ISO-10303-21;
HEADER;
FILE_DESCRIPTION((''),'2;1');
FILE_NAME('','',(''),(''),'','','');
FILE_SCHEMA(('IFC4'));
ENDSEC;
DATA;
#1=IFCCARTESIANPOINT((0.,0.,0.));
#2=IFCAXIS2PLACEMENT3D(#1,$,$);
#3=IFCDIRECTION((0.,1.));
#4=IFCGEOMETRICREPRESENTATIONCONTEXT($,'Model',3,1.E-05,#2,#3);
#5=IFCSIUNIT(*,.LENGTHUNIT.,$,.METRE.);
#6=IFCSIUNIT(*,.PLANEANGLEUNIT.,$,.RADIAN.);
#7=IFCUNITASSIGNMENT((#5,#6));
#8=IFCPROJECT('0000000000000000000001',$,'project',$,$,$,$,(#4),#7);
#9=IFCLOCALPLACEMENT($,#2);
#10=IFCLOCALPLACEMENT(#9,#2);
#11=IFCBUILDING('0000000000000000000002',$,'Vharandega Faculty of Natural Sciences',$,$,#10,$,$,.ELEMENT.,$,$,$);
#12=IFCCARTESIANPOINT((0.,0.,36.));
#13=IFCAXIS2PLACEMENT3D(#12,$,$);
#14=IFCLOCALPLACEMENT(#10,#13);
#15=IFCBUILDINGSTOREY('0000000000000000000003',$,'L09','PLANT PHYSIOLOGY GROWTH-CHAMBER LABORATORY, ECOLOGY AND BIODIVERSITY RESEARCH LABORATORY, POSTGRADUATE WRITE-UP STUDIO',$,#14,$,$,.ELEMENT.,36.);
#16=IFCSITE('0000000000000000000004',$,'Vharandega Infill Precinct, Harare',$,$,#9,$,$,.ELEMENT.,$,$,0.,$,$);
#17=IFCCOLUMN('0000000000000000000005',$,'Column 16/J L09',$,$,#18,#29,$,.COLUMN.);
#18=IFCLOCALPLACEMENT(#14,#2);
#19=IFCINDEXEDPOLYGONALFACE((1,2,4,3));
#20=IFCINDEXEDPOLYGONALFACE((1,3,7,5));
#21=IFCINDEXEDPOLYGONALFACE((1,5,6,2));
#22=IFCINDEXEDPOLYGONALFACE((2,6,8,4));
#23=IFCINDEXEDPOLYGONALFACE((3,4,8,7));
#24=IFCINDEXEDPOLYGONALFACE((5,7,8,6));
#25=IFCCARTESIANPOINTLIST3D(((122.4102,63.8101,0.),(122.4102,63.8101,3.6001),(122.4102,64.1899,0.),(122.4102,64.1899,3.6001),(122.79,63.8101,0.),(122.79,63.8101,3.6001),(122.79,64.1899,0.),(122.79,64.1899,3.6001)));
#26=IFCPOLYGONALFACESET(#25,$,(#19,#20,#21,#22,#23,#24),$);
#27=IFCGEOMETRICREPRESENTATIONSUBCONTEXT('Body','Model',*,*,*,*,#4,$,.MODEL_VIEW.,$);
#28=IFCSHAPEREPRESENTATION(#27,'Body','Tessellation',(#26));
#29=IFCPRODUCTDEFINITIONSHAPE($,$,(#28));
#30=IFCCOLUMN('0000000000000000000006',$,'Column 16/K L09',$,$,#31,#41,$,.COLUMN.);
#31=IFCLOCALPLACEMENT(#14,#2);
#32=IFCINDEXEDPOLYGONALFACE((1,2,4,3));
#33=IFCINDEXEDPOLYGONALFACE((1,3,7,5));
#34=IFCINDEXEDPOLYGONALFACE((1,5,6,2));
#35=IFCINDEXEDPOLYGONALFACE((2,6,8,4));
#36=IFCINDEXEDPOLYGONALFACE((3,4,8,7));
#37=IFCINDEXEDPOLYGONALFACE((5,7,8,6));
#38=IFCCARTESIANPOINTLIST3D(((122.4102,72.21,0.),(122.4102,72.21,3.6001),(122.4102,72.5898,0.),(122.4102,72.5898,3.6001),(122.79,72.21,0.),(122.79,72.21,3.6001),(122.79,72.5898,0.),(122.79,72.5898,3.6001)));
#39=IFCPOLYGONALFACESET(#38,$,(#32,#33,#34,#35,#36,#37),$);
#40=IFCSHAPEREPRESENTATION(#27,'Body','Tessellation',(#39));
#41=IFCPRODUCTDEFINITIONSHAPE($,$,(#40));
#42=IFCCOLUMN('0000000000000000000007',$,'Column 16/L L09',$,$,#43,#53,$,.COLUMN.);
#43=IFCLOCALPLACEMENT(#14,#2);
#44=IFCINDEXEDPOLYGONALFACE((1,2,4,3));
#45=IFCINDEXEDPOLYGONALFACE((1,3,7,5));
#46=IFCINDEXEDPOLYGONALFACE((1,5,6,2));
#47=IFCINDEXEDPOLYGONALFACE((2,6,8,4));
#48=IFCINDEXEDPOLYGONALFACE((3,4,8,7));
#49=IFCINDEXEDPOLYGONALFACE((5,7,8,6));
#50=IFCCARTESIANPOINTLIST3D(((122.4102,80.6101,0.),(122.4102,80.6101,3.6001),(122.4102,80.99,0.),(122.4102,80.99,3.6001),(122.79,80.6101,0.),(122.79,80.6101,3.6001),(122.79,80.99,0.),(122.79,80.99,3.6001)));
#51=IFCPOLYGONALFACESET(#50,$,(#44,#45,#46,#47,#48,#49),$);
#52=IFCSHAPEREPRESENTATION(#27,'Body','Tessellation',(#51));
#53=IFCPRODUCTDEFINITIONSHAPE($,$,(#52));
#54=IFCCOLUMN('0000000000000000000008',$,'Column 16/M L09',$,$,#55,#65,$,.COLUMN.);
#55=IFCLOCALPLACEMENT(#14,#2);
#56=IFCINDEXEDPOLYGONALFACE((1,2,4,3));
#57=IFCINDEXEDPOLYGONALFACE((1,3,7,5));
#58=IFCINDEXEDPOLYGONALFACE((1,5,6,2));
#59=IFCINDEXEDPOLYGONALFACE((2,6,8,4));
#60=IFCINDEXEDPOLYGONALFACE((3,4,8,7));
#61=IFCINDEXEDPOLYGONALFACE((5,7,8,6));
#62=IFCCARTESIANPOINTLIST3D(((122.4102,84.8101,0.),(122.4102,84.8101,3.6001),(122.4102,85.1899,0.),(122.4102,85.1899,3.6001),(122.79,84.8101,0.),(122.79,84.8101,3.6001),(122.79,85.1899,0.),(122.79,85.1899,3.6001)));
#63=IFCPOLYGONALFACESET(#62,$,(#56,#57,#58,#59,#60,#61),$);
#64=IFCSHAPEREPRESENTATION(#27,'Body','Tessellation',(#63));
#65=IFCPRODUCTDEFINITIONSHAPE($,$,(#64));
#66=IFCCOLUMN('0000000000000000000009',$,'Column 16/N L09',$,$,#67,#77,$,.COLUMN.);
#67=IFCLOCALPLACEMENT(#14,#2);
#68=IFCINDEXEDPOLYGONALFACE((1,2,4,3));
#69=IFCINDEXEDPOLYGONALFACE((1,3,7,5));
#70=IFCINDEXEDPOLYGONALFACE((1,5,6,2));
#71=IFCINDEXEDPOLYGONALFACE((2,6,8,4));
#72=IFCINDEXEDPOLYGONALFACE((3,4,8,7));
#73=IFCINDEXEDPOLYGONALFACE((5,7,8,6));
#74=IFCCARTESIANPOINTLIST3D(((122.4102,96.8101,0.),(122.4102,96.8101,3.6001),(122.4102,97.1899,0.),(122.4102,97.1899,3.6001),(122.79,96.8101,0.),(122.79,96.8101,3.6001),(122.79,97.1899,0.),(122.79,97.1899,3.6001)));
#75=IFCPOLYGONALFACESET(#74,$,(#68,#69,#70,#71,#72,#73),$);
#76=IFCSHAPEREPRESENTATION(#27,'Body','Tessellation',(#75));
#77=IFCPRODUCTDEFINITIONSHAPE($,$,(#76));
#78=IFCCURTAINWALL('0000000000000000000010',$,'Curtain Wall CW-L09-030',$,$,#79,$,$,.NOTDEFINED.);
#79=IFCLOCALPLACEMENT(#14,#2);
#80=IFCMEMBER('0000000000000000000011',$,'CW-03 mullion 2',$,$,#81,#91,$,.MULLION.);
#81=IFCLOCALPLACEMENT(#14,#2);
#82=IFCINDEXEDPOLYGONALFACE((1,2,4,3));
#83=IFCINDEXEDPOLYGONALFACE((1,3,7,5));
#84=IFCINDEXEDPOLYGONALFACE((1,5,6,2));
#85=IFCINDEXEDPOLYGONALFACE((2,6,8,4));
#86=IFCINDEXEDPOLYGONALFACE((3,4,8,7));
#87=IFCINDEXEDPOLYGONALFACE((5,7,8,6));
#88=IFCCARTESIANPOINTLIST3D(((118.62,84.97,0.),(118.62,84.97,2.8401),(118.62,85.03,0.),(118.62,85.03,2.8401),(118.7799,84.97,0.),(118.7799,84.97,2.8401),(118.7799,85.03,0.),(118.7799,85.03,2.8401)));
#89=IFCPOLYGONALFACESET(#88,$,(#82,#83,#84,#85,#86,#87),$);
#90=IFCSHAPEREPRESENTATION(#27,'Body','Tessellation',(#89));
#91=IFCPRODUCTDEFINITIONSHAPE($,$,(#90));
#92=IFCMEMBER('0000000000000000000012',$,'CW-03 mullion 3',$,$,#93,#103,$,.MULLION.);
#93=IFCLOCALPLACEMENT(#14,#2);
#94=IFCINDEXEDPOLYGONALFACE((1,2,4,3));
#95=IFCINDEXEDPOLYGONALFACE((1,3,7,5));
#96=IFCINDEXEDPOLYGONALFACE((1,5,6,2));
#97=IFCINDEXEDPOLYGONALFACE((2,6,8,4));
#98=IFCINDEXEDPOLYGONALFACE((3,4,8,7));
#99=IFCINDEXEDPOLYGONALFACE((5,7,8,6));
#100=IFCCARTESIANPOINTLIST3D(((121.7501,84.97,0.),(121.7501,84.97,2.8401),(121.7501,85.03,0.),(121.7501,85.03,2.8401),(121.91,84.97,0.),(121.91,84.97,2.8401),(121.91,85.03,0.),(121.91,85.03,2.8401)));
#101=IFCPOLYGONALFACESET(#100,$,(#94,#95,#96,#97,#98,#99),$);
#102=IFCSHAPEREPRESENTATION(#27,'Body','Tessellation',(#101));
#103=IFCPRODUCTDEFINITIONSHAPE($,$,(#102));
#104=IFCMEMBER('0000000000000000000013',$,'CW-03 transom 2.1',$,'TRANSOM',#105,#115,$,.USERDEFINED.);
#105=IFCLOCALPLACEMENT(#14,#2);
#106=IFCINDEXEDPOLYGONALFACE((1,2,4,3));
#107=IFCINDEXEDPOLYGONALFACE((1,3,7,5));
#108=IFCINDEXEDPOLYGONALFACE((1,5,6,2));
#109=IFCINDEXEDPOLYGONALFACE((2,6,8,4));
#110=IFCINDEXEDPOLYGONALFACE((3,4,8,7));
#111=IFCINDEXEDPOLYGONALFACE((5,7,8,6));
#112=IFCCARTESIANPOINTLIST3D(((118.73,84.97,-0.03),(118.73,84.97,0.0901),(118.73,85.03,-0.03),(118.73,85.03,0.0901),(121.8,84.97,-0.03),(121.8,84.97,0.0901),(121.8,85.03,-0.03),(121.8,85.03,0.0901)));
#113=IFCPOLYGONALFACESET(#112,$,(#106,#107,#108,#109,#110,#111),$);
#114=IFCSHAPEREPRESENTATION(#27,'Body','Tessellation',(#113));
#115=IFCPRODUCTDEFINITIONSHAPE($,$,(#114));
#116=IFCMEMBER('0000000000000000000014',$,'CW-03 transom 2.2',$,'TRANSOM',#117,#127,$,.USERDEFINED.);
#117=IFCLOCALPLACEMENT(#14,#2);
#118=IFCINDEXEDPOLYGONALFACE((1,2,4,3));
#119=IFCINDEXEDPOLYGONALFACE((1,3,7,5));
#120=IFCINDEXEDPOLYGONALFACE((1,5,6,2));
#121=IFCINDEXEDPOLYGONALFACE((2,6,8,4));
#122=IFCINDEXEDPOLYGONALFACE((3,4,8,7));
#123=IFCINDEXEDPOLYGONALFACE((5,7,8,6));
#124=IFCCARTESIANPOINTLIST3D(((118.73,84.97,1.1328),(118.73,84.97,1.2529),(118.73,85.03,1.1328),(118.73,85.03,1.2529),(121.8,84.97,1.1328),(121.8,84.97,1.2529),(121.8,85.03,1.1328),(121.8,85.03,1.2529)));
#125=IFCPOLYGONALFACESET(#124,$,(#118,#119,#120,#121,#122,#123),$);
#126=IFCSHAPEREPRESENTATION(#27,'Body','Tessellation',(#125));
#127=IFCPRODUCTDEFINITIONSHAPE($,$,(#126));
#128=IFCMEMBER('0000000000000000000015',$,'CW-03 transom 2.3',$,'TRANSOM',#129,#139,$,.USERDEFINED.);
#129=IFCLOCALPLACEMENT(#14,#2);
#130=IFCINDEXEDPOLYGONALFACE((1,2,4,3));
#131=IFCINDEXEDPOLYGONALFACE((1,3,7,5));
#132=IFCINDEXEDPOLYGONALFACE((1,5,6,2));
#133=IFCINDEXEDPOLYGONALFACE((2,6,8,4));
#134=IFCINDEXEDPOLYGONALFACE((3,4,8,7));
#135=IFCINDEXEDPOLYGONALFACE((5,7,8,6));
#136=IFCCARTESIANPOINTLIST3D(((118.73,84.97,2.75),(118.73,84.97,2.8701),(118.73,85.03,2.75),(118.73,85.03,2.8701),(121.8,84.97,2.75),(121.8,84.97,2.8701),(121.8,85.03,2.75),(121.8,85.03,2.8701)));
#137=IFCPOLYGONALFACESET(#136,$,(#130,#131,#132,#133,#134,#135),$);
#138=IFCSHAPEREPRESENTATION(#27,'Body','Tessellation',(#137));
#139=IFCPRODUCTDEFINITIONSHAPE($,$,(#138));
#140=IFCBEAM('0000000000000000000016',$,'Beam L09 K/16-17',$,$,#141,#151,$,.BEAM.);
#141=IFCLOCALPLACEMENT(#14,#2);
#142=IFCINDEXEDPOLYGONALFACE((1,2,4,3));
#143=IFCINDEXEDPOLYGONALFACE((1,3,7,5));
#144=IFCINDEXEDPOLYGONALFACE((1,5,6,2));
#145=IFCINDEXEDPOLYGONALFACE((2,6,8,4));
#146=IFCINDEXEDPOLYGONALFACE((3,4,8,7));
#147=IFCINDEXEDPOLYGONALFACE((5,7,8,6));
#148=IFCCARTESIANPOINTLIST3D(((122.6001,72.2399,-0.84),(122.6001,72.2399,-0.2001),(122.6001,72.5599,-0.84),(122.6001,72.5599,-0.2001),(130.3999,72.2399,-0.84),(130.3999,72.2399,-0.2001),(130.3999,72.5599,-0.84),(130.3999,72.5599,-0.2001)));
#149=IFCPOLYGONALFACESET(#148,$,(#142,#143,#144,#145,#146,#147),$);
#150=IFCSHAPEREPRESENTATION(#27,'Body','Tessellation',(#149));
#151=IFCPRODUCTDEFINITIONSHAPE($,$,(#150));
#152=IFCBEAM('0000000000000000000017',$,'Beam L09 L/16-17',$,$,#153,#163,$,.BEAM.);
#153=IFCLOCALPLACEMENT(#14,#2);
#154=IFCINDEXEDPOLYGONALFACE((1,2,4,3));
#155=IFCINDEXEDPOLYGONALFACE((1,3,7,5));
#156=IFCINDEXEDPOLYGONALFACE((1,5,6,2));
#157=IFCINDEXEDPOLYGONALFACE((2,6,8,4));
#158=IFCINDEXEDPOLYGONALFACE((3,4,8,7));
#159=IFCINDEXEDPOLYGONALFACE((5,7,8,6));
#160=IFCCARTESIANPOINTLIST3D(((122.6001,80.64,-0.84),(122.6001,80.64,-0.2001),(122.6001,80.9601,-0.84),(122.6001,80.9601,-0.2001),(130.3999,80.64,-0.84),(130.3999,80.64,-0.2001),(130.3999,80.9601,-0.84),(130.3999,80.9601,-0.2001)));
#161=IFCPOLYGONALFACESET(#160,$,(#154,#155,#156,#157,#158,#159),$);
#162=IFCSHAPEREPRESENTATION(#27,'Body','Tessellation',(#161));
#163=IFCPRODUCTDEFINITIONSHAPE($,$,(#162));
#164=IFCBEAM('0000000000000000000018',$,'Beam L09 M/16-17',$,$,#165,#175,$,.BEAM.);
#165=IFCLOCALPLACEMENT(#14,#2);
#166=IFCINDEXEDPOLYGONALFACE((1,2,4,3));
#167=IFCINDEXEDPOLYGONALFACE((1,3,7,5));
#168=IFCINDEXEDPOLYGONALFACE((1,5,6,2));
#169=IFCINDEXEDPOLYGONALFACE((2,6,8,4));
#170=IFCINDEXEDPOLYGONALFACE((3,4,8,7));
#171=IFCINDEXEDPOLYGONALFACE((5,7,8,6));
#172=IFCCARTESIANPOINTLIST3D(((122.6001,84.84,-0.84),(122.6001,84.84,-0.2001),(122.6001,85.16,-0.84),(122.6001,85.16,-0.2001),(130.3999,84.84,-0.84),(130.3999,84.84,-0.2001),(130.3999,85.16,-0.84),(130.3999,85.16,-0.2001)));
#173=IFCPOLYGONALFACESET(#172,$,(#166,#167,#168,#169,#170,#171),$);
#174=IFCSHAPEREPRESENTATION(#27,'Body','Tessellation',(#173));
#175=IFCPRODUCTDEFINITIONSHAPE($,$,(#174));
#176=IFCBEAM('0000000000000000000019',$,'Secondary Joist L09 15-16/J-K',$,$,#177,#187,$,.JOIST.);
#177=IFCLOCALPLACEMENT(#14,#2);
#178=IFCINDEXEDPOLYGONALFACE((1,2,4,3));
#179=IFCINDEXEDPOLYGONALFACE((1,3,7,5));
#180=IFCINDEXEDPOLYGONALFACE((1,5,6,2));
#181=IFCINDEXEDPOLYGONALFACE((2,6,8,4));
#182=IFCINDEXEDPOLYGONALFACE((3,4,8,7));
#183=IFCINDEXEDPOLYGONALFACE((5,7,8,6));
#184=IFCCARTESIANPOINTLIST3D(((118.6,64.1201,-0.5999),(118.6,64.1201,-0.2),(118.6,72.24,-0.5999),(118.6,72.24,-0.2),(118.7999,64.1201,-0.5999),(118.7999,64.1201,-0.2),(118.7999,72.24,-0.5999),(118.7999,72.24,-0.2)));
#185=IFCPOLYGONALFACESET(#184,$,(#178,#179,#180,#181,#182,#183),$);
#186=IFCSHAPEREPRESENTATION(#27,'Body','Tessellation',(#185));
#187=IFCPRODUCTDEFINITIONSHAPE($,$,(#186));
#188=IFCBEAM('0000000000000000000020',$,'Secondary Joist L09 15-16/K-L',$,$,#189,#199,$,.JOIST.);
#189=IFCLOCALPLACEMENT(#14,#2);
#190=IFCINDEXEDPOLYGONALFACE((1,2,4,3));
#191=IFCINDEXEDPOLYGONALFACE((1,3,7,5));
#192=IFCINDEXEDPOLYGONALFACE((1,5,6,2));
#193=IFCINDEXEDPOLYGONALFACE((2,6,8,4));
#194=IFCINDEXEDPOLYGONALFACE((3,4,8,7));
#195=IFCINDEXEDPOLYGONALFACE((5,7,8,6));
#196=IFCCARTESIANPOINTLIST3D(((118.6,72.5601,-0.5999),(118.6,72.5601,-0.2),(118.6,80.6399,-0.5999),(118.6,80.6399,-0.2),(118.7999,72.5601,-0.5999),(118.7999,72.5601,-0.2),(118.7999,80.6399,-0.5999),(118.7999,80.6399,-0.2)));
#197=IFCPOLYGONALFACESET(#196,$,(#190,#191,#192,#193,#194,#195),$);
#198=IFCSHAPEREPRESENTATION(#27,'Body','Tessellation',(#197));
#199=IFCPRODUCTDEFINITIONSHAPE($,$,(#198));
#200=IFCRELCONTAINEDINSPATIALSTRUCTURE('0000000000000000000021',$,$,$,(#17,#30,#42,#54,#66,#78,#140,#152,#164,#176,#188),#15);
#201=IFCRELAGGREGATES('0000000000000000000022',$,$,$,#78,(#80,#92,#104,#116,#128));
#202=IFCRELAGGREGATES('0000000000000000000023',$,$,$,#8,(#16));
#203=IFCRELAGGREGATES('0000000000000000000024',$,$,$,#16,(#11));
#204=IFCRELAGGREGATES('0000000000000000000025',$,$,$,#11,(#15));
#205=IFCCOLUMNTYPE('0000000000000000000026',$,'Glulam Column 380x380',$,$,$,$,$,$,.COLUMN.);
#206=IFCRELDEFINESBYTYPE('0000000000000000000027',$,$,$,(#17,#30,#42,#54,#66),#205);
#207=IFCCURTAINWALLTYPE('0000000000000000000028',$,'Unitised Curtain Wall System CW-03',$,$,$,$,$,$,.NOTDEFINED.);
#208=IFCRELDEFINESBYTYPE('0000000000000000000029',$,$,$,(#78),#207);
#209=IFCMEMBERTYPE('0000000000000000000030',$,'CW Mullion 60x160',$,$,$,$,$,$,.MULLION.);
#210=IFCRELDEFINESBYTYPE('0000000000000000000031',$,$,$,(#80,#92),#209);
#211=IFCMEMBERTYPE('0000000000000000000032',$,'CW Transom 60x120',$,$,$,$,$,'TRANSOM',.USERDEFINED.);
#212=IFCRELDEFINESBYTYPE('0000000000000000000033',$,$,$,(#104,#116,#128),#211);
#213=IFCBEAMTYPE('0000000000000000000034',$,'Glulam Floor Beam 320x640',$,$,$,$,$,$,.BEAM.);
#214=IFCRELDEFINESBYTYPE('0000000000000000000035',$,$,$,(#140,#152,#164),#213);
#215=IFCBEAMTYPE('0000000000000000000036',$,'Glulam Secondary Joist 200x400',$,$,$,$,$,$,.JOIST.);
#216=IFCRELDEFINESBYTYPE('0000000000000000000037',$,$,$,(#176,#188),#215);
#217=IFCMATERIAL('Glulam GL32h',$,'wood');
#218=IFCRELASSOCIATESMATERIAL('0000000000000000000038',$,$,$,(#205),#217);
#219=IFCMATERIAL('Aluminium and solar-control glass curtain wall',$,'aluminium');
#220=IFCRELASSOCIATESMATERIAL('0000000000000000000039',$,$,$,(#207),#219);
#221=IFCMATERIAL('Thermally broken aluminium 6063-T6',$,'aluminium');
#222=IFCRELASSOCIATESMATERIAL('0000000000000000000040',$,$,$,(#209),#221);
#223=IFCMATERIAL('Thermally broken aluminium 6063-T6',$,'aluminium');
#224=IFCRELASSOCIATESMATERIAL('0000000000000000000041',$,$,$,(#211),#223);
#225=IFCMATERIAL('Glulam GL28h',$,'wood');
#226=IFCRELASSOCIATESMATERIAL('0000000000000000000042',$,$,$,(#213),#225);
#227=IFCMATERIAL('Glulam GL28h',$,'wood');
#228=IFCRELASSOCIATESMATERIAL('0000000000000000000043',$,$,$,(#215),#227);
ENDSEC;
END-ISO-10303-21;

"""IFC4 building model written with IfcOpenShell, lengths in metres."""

from ifc_helpers import new_model, si_unit, direction, frame, origin, origin_2d, place, context, subcontext, project, spatial, rectangle, extrude, material, material_profile, profile_set, type_object, element, aggregate, save


model = new_model("IFC4")

# Units and contexts
model_context = context("Model", 3, precision=1e-05, world=origin(), true_north=direction((0.0, 1.0)))
body_context = subcontext(model_context, "Body", "Model", "MODEL_VIEW")
ifc_project = project(units=[si_unit("LENGTHUNIT", "METRE"), si_unit("PLANEANGLEUNIT", "RADIAN")], contexts=[model_context])

# Site, building, storey
site_placement = place(None, origin())
site = spatial("IfcSite", under=ifc_project, at=site_placement, Name="Vharandega Infill Precinct, Harare", CompositionType="ELEMENT", RefElevation=0.0)
building_placement = place(site_placement, origin())
building = spatial("IfcBuilding", under=site, at=building_placement, Name="Vharandega Faculty of Natural Sciences", CompositionType="ELEMENT")
storey_placement = place(building_placement, frame((0.0, 0.0, 36.0)))
storey = spatial("IfcBuildingStorey", under=building, at=storey_placement, Name="L09", Description="PLANT PHYSIOLOGY GROWTH-CHAMBER LABORATORY, ECOLOGY AND BIODIVERSITY RESEARCH LABORATORY, POSTGRADUATE WRITE-UP STUDIO", CompositionType="ELEMENT", Elevation=36.0)

# Columns
ifc_material_1 = material(Name="Glulam GL32h", Category="wood")
ifc_material_profile_1 = material_profile(ifc_material_1, rectangle(XDim=0.3799, YDim=0.3799, at=origin_2d()), Name="GL32h 380x380")
ifc_profile_set_1 = profile_set([ifc_material_profile_1], Name="Glulam GL32h")
column_type = type_object("IfcColumnType", Name="Glulam Column 380x380", PredefinedType="COLUMN", material=ifc_profile_set_1)
for number, where, z_axis, x_axis, name in (
    (1, (122.6001, 64.0, 0.0), (0.0, 0.0, 1.0), (1.0, 0.0, 0.0), "Column 16/J L09"),
    (2, (122.6001, 72.3999, 0.0), (0.0, 0.0, 1.0), (1.0, 0.0, 0.0), "Column 16/K L09"),
    (3, (122.6001, 80.8, 0.0), (0.0, 0.0, 1.0), (1.0, 0.0, 0.0), "Column 16/L L09"),
    (4, (122.6001, 85.0, 0.0), (0.0, 0.0, 1.0), (1.0, 0.0, 0.0), "Column 16/M L09"),
    (5, (122.6001, 97.0, 0.0), (0.0, 0.0, 1.0), (1.0, 0.0, 0.0), "Column 16/N L09"),
):
    element("IfcColumn", number, at=place(storey_placement, frame(where, z_axis=z_axis, x_axis=x_axis)), inside=storey, type_object=column_type, Name=name, PredefinedType="COLUMN", context=body_context, shape_type="SweptSolid", body=[
        extrude(rectangle(XDim=0.3799, YDim=0.3799, at=origin_2d()), origin(), (0.0, 0.0, 1.0), 3.6001),
    ])

# Curtain wall, members
ifc_material_2 = material(Name="Aluminium and solar-control glass curtain wall", Category="aluminium")
curtain_wall_type = type_object("IfcCurtainWallType", Name="Unitised Curtain Wall System CW-03", PredefinedType="NOTDEFINED", material=ifc_material_2)
curtain_wall_placement = place(storey_placement, origin())
curtain_wall = element("IfcCurtainWall", 6, at=curtain_wall_placement, inside=storey, type_object=curtain_wall_type, Name="Curtain Wall CW-L09-030", PredefinedType="NOTDEFINED")
ifc_material_3 = material(Name="Thermally broken aluminium 6063-T6", Category="aluminium")
ifc_material_profile_2 = material_profile(ifc_material_3, rectangle(XDim=0.0601, YDim=0.1599, at=origin_2d()), Name="ALU 60x160")
ifc_profile_set_2 = profile_set([ifc_material_profile_2], Name="Thermally broken aluminium 6063-T6")
member_type_1 = type_object("IfcMemberType", Name="CW Mullion 60x160", PredefinedType="MULLION", material=ifc_profile_set_2)
member_1_placement = place(storey_placement, frame((118.7, 85.0, 0.0), z_axis=(0.0, 0.0, 1.0), x_axis=(0.0, 1.0, 0.0)))
member_1 = element("IfcMember", 7, at=member_1_placement, type_object=member_type_1, Name="CW-03 mullion 2", PredefinedType="MULLION", context=body_context, shape_type="SweptSolid", body=[
    extrude(rectangle(XDim=0.0601, YDim=0.1599, at=origin_2d()), origin(), (0.0, 0.0, 1.0), 2.8401),
])
member_2_placement = place(storey_placement, frame((121.8301, 85.0, 0.0), z_axis=(0.0, 0.0, 1.0), x_axis=(0.0, 1.0, 0.0)))
member_2 = element("IfcMember", 8, at=member_2_placement, type_object=member_type_1, Name="CW-03 mullion 3", PredefinedType="MULLION", context=body_context, shape_type="SweptSolid", body=[
    extrude(rectangle(XDim=0.0601, YDim=0.1599, at=origin_2d()), origin(), (0.0, 0.0, 1.0), 2.8401),
])
ifc_material_4 = material(Name="Thermally broken aluminium 6063-T6", Category="aluminium")
ifc_material_profile_3 = material_profile(ifc_material_4, rectangle(XDim=0.0601, YDim=0.1201, at=origin_2d()), Name="ALU 60x120")
ifc_profile_set_3 = profile_set([ifc_material_profile_3], Name="Thermally broken aluminium 6063-T6")
member_type_2 = type_object("IfcMemberType", Name="CW Transom 60x120", ElementType="TRANSOM", PredefinedType="USERDEFINED", material=ifc_profile_set_3)
member_3_placement = place(storey_placement, frame((118.73, 85.0, 0.03), z_axis=(1.0, 0.0, 0.0), x_axis=(0.0, 1.0, 0.0)))
member_3 = element("IfcMember", 9, at=member_3_placement, type_object=member_type_2, Name="CW-03 transom 2.1", ObjectType="TRANSOM", PredefinedType="USERDEFINED", context=body_context, shape_type="SweptSolid", body=[
    extrude(rectangle(XDim=0.0601, YDim=0.1201, at=origin_2d()), origin(), (0.0, 0.0, 1.0), 3.0701),
])
member_4_placement = place(storey_placement, frame((118.73, 85.0, 1.1929), z_axis=(1.0, 0.0, 0.0), x_axis=(0.0, 1.0, 0.0)))
member_4 = element("IfcMember", 10, at=member_4_placement, type_object=member_type_2, Name="CW-03 transom 2.2", ObjectType="TRANSOM", PredefinedType="USERDEFINED", context=body_context, shape_type="SweptSolid", body=[
    extrude(rectangle(XDim=0.0601, YDim=0.1201, at=origin_2d()), origin(), (0.0, 0.0, 1.0), 3.0701),
])
member_5_placement = place(storey_placement, frame((118.73, 85.0, 2.8101), z_axis=(1.0, 0.0, 0.0), x_axis=(0.0, 1.0, 0.0)))
member_5 = element("IfcMember", 11, at=member_5_placement, type_object=member_type_2, Name="CW-03 transom 2.3", ObjectType="TRANSOM", PredefinedType="USERDEFINED", context=body_context, shape_type="SweptSolid", body=[
    extrude(rectangle(XDim=0.0601, YDim=0.1201, at=origin_2d()), origin(), (0.0, 0.0, 1.0), 3.0701),
])

# Beams
ifc_material_5 = material(Name="Glulam GL28h", Category="wood")
ifc_material_profile_4 = material_profile(ifc_material_5, rectangle(XDim=0.3201, YDim=0.6399, at=origin_2d()), Name="GL28h 320x640")
ifc_profile_set_4 = profile_set([ifc_material_profile_4], Name="Glulam GL28h")
beam_type_1 = type_object("IfcBeamType", Name="Glulam Floor Beam 320x640", PredefinedType="BEAM", material=ifc_profile_set_4)
for number, where, z_axis, x_axis, name in (
    (12, (122.6001, 72.3999, -0.52), (1.0, 0.0, 0.0), (0.0, 1.0, 0.0), "Beam L09 K/16-17"),
    (13, (122.6001, 80.8, -0.52), (1.0, 0.0, 0.0), (0.0, 1.0, 0.0), "Beam L09 L/16-17"),
    (14, (122.6001, 85.0, -0.52), (1.0, 0.0, 0.0), (0.0, 1.0, 0.0), "Beam L09 M/16-17"),
):
    element("IfcBeam", number, at=place(storey_placement, frame(where, z_axis=z_axis, x_axis=x_axis)), inside=storey, type_object=beam_type_1, Name=name, PredefinedType="BEAM", context=body_context, shape_type="SweptSolid", body=[
        extrude(rectangle(XDim=0.3201, YDim=0.6399, at=origin_2d()), origin(), (0.0, 0.0, 1.0), 7.7998),
    ])
ifc_material_6 = material(Name="Glulam GL28h", Category="wood")
ifc_material_profile_5 = material_profile(ifc_material_6, rectangle(XDim=0.2, YDim=0.3999, at=origin_2d()), Name="GL28h 200x400")
ifc_profile_set_5 = profile_set([ifc_material_profile_5], Name="Glulam GL28h")
beam_type_2 = type_object("IfcBeamType", Name="Glulam Secondary Joist 200x400", PredefinedType="JOIST", material=ifc_profile_set_5)
beam_1_placement = place(storey_placement, frame((118.7, 64.1201, -0.3999), z_axis=(0.0, 1.0, 0.0), x_axis=(-1.0, 0.0, 0.0)))
element("IfcBeam", 15, at=beam_1_placement, inside=storey, type_object=beam_type_2, Name="Secondary Joist L09 15-16/J-K", PredefinedType="JOIST", context=body_context, shape_type="SweptSolid", body=[
    extrude(rectangle(XDim=0.2, YDim=0.3999, at=origin_2d()), origin(), (0.0, 0.0, 1.0), 8.1199),
])
beam_2_placement = place(storey_placement, frame((118.7, 72.5601, -0.3999), z_axis=(0.0, 1.0, 0.0), x_axis=(-1.0, 0.0, 0.0)))
element("IfcBeam", 16, at=beam_2_placement, inside=storey, type_object=beam_type_2, Name="Secondary Joist L09 15-16/K-L", PredefinedType="JOIST", context=body_context, shape_type="SweptSolid", body=[
    extrude(rectangle(XDim=0.2, YDim=0.3999, at=origin_2d()), origin(), (0.0, 0.0, 1.0), 8.0798),
])

aggregate(curtain_wall, [member_1, member_2, member_3, member_4, member_5])

save(model, "model.ifc")
